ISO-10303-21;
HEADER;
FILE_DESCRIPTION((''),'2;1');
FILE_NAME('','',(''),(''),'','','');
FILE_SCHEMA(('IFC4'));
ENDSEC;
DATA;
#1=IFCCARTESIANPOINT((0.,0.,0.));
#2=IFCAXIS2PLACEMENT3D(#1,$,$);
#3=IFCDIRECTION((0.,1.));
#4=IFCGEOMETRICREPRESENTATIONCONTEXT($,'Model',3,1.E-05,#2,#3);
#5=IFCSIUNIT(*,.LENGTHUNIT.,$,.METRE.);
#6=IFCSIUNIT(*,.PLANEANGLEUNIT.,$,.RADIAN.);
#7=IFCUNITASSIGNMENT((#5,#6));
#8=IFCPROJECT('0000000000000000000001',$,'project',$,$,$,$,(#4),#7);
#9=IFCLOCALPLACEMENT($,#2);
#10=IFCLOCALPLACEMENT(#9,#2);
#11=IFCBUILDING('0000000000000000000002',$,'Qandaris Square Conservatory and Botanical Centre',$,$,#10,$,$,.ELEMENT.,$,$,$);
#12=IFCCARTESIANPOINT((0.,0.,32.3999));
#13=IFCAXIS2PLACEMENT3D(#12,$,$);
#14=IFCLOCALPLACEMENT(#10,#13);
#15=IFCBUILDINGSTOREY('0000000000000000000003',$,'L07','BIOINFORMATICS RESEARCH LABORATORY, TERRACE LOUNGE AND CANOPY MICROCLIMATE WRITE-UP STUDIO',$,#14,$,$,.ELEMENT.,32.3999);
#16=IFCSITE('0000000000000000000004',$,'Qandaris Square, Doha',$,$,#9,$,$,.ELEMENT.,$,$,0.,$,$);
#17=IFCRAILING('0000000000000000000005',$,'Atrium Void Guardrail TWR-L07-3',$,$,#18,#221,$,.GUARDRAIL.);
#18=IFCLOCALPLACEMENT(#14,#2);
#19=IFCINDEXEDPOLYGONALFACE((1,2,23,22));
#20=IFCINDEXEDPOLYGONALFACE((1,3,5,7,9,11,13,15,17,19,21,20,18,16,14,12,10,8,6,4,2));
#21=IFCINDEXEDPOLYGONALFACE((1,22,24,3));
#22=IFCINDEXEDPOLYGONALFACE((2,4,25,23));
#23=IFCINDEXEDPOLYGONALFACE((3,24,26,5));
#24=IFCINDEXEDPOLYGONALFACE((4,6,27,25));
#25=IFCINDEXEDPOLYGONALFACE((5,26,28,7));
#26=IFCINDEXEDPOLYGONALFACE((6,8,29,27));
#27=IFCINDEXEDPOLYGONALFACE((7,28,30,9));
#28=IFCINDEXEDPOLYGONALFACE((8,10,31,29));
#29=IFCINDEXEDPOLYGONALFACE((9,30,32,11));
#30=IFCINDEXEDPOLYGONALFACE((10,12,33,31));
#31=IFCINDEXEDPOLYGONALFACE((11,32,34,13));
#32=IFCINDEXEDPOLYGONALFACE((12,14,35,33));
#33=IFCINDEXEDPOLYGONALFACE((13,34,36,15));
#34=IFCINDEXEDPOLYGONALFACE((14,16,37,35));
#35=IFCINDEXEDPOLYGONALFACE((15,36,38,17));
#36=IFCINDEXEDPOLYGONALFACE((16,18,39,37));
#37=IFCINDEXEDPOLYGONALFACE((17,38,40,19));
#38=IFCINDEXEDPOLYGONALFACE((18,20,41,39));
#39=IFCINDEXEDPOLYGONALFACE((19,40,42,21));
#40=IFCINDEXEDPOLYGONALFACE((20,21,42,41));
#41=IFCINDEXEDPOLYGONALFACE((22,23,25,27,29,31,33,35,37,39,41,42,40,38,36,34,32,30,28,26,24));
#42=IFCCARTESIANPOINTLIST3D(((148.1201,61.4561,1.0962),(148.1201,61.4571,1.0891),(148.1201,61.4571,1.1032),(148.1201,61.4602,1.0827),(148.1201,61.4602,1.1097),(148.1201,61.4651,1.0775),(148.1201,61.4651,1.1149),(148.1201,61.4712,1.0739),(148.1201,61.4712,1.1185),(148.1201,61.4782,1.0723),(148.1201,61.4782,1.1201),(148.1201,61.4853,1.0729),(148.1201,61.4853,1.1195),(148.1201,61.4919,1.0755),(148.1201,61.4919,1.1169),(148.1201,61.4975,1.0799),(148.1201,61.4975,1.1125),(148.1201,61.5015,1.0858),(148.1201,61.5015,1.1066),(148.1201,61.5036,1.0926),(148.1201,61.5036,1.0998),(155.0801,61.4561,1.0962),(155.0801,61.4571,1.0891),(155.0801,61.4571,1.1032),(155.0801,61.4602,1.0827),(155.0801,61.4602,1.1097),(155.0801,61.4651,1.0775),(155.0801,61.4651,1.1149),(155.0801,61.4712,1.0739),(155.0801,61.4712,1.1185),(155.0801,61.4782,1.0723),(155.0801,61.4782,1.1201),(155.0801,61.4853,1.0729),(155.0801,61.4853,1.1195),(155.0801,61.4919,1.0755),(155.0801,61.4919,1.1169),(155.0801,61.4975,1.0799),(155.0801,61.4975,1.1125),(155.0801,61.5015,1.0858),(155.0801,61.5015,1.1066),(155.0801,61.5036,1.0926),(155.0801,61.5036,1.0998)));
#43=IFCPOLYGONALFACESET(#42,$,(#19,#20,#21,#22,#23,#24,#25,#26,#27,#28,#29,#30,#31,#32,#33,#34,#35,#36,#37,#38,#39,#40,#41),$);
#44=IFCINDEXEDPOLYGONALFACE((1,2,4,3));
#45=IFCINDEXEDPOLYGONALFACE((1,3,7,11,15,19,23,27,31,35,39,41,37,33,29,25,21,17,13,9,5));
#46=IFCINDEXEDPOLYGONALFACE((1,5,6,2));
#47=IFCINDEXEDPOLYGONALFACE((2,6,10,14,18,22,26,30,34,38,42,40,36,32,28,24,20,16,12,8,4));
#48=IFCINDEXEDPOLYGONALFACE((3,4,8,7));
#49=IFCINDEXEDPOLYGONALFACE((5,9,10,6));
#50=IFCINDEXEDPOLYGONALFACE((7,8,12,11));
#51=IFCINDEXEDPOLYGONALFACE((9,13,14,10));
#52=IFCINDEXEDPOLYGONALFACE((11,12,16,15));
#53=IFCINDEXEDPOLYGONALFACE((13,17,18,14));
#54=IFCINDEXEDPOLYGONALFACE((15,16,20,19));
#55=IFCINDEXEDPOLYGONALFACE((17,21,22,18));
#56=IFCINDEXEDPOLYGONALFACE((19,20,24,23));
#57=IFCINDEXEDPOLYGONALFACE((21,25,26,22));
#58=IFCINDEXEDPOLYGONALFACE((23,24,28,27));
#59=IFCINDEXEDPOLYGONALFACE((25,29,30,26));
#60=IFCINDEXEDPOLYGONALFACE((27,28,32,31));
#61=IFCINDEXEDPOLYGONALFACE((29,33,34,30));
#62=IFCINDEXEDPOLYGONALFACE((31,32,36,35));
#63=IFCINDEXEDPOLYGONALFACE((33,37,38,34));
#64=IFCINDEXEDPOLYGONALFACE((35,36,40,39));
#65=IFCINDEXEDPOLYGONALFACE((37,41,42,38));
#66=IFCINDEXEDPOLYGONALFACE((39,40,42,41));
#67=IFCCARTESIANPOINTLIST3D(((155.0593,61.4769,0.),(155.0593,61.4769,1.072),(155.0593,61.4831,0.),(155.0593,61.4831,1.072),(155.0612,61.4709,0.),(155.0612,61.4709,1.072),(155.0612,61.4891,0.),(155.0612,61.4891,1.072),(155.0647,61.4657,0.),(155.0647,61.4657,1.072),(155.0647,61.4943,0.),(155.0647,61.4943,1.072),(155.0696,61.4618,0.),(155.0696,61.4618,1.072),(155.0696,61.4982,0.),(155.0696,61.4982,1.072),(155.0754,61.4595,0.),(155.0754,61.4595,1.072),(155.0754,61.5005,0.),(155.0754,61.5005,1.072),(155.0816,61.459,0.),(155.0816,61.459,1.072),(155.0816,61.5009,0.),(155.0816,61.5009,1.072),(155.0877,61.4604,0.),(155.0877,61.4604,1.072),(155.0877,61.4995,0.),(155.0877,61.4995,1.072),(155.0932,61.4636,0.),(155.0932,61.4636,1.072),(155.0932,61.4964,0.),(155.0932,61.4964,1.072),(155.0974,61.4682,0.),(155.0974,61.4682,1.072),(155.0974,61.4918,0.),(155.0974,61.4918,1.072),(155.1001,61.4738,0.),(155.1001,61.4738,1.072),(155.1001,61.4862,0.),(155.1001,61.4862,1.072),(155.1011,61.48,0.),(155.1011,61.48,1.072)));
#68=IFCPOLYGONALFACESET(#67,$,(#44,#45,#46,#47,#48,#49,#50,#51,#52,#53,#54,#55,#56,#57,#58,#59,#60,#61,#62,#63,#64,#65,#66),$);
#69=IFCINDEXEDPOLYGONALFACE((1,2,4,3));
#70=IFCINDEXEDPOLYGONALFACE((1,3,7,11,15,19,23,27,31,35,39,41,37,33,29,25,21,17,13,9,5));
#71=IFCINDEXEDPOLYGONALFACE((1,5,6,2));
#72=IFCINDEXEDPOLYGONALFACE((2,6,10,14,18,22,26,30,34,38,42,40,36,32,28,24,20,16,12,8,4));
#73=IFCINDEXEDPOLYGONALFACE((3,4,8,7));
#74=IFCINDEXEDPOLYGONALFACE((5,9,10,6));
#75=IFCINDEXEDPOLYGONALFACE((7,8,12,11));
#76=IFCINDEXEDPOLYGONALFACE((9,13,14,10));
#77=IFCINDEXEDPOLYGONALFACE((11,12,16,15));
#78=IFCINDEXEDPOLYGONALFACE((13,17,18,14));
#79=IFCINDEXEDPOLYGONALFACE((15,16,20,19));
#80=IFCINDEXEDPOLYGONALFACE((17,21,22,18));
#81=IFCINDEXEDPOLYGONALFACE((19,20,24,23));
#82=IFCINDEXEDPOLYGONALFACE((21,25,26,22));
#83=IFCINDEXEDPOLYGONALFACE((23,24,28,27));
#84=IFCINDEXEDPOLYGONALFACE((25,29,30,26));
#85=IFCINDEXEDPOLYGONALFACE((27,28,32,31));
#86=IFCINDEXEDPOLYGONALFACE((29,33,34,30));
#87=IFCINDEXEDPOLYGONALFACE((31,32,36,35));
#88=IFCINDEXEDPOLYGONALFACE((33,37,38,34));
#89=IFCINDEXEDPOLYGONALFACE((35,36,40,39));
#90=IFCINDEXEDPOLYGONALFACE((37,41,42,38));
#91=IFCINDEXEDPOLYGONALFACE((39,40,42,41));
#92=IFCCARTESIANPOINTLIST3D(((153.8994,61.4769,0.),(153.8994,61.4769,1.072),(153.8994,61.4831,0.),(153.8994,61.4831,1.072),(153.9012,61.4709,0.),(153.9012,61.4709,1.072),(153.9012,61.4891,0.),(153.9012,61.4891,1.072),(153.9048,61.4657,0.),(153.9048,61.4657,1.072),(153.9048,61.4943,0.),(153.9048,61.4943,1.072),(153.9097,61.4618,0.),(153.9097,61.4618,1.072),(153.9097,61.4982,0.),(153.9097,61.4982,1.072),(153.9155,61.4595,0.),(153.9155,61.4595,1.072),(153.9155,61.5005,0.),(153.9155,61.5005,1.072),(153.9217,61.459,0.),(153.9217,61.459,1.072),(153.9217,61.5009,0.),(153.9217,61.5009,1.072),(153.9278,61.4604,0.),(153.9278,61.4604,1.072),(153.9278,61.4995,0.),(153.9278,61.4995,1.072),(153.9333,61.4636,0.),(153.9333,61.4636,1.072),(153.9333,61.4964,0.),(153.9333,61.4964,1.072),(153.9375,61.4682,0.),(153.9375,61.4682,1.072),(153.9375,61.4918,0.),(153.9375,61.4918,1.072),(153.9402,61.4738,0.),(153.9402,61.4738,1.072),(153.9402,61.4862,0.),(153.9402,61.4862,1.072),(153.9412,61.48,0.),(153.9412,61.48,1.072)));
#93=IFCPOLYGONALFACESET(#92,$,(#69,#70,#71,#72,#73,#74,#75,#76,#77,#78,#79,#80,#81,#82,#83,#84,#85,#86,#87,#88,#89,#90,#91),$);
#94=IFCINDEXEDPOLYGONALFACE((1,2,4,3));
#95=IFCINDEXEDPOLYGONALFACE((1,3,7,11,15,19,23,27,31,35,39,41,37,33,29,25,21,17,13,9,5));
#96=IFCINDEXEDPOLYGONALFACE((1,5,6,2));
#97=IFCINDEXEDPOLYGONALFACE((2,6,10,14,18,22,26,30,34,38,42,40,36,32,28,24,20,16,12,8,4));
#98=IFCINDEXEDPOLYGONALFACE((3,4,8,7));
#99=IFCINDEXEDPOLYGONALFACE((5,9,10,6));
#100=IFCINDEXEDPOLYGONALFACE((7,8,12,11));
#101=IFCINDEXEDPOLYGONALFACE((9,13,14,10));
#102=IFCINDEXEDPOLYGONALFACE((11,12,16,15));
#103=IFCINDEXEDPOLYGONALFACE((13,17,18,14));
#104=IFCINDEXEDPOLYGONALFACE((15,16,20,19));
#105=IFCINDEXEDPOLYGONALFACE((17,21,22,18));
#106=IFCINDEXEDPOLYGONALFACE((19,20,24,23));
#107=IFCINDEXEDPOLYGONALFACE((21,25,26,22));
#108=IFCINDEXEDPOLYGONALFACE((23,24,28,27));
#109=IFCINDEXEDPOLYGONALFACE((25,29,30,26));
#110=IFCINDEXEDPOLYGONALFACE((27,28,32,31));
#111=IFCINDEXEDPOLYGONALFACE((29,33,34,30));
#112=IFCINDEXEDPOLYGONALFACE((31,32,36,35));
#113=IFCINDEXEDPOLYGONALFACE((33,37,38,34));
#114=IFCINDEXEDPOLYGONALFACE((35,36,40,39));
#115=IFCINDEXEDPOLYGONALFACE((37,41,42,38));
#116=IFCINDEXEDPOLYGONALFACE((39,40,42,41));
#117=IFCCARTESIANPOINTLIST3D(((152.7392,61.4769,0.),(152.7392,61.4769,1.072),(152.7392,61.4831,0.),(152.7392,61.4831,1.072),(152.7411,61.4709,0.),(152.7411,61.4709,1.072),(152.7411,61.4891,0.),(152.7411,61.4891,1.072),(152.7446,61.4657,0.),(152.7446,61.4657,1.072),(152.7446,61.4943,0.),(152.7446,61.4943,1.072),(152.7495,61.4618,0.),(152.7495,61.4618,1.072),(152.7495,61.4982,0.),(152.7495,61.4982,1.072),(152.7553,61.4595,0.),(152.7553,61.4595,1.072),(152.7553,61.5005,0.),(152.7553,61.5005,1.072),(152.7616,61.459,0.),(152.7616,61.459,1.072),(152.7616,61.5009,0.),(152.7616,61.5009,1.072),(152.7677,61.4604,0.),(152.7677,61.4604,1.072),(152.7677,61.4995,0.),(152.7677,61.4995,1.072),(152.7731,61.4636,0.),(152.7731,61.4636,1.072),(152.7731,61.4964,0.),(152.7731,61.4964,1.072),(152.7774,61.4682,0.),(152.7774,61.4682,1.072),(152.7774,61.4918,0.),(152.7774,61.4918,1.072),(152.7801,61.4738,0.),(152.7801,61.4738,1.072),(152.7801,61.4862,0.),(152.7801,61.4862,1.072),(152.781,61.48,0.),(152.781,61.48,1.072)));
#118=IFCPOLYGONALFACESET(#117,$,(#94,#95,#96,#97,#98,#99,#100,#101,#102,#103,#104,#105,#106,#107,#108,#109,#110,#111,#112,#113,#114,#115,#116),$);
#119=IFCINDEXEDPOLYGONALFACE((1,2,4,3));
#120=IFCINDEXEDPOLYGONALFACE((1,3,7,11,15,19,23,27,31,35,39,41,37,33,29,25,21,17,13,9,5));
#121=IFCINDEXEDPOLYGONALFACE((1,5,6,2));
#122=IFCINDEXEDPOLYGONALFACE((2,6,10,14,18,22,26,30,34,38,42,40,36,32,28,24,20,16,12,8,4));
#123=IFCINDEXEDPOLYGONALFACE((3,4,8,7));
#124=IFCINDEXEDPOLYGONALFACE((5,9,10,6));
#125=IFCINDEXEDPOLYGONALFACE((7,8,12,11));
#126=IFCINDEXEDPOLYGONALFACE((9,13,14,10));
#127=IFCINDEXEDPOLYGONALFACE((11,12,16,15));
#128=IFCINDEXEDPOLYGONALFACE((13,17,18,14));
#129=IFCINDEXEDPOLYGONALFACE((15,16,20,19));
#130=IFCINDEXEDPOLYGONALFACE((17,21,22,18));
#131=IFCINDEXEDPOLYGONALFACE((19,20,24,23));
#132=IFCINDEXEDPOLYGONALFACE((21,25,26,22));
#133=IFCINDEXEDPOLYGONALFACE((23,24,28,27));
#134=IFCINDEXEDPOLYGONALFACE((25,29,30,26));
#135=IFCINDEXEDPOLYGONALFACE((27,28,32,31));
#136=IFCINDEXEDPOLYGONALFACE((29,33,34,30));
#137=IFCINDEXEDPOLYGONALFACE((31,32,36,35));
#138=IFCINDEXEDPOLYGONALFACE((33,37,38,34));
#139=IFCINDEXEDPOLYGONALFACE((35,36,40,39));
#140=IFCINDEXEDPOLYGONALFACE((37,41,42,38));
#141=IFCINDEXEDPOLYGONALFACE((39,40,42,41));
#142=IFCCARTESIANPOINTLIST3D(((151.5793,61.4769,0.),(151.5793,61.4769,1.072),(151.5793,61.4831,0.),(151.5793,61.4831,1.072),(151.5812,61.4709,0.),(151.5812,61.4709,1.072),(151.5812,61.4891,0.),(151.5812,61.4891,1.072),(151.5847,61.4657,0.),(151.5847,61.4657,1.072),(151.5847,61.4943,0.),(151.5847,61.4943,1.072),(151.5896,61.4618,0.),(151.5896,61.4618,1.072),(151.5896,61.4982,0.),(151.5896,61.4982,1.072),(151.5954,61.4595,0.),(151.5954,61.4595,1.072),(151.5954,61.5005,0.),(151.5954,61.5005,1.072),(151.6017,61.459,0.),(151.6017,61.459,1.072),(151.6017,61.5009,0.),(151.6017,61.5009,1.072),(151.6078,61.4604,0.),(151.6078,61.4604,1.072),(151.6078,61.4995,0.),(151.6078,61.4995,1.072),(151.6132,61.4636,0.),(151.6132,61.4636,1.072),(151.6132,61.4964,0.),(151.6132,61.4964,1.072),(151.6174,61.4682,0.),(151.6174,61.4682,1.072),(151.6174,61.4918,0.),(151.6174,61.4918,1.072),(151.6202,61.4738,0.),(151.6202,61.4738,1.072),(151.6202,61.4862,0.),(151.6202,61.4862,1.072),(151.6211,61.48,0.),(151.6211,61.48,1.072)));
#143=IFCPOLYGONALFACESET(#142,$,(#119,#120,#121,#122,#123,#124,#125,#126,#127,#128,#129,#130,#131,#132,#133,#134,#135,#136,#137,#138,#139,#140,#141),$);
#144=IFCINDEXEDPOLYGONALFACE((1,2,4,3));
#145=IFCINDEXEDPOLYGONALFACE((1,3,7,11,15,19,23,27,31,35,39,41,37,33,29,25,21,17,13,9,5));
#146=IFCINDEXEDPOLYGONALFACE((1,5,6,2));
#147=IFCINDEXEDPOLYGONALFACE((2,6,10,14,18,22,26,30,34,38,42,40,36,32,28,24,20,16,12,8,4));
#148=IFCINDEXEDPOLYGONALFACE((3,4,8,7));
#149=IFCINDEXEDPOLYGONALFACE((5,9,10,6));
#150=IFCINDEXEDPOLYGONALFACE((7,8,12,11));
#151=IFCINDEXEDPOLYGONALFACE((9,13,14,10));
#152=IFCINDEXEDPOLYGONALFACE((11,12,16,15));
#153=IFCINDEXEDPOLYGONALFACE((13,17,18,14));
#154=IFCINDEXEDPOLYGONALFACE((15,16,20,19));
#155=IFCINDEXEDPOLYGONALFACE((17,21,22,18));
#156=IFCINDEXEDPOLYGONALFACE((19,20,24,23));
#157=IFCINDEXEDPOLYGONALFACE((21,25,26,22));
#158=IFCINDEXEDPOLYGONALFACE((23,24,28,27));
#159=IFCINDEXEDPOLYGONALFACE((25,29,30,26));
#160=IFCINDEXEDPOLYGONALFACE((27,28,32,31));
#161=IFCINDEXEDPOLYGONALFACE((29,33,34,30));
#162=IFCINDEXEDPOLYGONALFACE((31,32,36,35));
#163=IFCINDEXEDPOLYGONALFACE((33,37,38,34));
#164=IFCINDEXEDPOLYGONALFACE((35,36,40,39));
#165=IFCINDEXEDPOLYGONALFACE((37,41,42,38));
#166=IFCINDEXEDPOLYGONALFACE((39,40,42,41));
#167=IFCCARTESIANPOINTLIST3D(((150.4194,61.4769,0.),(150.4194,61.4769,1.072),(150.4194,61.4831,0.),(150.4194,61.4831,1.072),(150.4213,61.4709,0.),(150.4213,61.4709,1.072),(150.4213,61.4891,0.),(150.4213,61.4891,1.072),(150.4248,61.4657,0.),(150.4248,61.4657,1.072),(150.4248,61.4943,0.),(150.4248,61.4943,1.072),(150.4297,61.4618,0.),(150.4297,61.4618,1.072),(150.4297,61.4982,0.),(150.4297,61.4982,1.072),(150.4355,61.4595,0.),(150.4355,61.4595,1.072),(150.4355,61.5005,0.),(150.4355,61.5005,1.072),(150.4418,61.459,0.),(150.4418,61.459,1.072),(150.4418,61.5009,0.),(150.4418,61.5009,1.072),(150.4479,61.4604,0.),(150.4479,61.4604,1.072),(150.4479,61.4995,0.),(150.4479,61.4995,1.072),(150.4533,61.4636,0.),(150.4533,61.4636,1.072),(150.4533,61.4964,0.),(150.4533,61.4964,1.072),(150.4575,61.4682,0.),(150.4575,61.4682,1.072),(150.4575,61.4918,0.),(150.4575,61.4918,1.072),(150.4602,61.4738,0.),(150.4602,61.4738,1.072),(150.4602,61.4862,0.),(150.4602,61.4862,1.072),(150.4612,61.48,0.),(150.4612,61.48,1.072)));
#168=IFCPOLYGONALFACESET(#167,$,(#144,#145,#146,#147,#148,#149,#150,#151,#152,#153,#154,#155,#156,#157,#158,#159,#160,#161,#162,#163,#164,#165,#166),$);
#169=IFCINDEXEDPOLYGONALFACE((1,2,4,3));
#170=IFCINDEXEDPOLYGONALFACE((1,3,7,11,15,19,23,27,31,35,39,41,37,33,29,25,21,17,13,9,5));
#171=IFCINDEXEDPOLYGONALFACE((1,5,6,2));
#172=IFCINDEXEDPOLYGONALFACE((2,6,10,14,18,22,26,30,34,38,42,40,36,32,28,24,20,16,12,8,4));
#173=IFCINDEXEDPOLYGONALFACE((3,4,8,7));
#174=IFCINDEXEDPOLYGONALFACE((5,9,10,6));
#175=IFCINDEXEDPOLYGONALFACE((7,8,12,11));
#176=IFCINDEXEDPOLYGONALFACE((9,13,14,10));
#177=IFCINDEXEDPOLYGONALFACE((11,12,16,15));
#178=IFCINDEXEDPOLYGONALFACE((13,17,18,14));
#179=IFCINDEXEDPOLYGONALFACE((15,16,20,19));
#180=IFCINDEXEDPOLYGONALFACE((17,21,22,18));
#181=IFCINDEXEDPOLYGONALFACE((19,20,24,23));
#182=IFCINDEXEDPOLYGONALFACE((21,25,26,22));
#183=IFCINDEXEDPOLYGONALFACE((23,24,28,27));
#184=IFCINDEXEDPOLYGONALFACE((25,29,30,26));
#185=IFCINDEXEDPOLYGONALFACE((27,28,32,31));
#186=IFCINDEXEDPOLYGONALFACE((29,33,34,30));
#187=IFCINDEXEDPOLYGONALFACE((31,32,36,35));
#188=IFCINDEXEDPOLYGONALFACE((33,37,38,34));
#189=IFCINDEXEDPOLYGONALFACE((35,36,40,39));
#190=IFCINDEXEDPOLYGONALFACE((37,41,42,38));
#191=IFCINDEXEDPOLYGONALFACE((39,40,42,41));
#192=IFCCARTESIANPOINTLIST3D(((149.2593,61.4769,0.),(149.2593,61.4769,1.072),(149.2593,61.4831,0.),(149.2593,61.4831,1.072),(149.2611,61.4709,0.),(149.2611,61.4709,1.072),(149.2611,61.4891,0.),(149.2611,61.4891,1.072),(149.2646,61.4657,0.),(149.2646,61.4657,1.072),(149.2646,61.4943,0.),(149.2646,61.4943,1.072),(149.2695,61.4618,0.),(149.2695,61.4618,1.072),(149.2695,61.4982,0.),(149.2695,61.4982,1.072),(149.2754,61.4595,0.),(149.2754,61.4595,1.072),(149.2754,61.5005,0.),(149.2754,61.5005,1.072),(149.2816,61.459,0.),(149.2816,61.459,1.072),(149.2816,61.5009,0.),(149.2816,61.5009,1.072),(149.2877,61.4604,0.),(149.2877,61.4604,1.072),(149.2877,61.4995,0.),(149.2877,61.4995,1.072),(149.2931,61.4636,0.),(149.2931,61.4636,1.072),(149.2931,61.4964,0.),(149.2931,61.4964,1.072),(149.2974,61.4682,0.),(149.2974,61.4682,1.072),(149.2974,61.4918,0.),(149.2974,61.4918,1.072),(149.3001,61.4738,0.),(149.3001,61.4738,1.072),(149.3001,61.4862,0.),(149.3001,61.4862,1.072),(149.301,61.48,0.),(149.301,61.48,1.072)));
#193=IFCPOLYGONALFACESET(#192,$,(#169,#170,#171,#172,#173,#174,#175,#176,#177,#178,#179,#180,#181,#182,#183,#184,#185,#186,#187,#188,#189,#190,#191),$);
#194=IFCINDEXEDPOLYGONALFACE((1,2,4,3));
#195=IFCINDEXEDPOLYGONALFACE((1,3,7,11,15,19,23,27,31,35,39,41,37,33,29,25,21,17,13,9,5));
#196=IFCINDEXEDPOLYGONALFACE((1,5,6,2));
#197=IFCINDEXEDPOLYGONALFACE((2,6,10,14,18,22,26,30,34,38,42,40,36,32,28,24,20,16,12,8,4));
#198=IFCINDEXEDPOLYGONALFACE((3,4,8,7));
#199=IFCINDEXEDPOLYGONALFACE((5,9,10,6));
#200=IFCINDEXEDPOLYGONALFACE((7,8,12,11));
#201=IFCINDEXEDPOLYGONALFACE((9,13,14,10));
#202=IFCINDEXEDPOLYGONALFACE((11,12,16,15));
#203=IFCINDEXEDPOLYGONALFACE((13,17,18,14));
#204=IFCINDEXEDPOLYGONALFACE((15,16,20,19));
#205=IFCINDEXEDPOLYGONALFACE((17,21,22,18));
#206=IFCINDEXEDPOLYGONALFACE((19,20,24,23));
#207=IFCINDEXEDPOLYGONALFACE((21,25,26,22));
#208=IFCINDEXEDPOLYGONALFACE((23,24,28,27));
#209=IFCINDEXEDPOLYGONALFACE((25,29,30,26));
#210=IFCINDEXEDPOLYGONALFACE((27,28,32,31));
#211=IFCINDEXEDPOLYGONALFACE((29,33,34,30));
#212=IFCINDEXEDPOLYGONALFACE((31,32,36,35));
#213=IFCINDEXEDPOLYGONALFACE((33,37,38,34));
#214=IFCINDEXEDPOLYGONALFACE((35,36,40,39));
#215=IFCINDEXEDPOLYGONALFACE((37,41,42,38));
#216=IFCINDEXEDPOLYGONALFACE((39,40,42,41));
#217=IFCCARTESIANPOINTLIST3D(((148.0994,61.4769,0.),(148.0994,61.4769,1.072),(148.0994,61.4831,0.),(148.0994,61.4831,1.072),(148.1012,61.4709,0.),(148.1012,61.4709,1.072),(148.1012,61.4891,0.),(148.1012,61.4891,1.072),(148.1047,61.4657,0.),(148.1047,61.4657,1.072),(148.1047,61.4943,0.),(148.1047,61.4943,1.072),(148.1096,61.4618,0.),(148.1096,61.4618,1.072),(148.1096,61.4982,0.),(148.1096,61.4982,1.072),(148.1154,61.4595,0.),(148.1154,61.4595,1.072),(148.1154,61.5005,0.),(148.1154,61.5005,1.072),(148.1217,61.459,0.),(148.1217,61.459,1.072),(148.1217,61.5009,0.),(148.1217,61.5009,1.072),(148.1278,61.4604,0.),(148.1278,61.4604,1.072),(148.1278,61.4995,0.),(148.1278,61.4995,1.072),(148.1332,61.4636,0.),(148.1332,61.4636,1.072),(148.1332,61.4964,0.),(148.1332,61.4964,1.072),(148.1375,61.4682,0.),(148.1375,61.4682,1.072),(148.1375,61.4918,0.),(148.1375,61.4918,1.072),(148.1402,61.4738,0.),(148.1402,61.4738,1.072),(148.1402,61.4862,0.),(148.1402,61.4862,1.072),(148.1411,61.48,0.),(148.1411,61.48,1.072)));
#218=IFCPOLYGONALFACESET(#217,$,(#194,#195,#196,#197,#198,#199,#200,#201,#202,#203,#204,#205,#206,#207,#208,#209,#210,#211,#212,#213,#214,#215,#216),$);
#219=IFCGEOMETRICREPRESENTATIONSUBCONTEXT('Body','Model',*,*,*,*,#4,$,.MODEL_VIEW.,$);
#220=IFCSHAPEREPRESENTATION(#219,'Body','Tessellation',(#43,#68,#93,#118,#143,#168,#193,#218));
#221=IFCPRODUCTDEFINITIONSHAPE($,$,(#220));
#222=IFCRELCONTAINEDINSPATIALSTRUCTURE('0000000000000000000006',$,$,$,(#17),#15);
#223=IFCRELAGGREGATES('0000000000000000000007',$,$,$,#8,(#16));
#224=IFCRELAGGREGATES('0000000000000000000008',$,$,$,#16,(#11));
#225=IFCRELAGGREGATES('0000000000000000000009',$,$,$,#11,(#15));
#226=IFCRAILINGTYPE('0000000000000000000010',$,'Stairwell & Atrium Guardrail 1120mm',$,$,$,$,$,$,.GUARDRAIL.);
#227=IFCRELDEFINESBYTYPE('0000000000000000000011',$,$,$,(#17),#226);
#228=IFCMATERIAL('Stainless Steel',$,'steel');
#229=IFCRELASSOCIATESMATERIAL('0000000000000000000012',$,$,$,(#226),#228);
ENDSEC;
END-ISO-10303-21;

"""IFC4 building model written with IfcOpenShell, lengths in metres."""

from ifc_helpers import new_model, si_unit, direction, frame, origin, origin_2d, place, context, subcontext, project, spatial, circle, extrude, material, type_object, element, save


model = new_model("IFC4")

# Units and contexts
model_context = context("Model", 3, precision=1e-05, world=origin(), true_north=direction((0.0, 1.0)))
body_context = subcontext(model_context, "Body", "Model", "MODEL_VIEW")
ifc_project = project(units=[si_unit("LENGTHUNIT", "METRE"), si_unit("PLANEANGLEUNIT", "RADIAN")], contexts=[model_context])

# Site, building, storey
site_placement = place(None, origin())
site = spatial("IfcSite", under=ifc_project, at=site_placement, Name="Qandaris Square, Doha", CompositionType="ELEMENT", RefElevation=0.0)
building_placement = place(site_placement, origin())
building = spatial("IfcBuilding", under=site, at=building_placement, Name="Qandaris Square Conservatory and Botanical Centre", CompositionType="ELEMENT")
storey_placement = place(building_placement, frame((0.0, 0.0, 32.3999)))
storey = spatial("IfcBuildingStorey", under=building, at=storey_placement, Name="L07", Description="BIOINFORMATICS RESEARCH LABORATORY, TERRACE LOUNGE AND CANOPY MICROCLIMATE WRITE-UP STUDIO", CompositionType="ELEMENT", Elevation=32.3999)

# Railing
ifc_material_1 = material(Name="Stainless Steel", Category="steel")
railing_type = type_object("IfcRailingType", Name="Stairwell & Atrium Guardrail 1120mm", PredefinedType="GUARDRAIL", material=ifc_material_1)
railing_1_placement = place(storey_placement, frame((155.0801, 61.48, 0.0)))
element("IfcRailing", 1, at=railing_1_placement, inside=storey, type_object=railing_type, Name="Atrium Void Guardrail TWR-L07-3", PredefinedType="GUARDRAIL", context=body_context, shape_type="SweptSolid", body=[
    extrude(circle(Radius=0.0239, at=origin_2d()), frame((0.0, 0.0, 1.0962), z_axis=(-1.0, 0.0, 0.0), x_axis=(0.0, -1.0, 0.0)), (0.0, 0.0, 1.0), 6.96),
    extrude(circle(Radius=0.021, at=origin_2d()), origin(), (0.0, 0.0, 1.0), 1.072),
    extrude(circle(Radius=0.021, at=origin_2d()), frame((-1.1599, 0.0, 0.0)), (0.0, 0.0, 1.0), 1.072),
    extrude(circle(Radius=0.021, at=origin_2d()), frame((-2.3201, 0.0, 0.0)), (0.0, 0.0, 1.0), 1.072),
    extrude(circle(Radius=0.021, at=origin_2d()), frame((-3.48, 0.0, 0.0)), (0.0, 0.0, 1.0), 1.072),
    extrude(circle(Radius=0.021, at=origin_2d()), frame((-4.6399, 0.0, 0.0)), (0.0, 0.0, 1.0), 1.072),
    extrude(circle(Radius=0.021, at=origin_2d()), frame((-5.8, 0.0, 0.0)), (0.0, 0.0, 1.0), 1.072),
    extrude(circle(Radius=0.021, at=origin_2d()), frame((-6.96, 0.0, 0.0)), (0.0, 0.0, 1.0), 1.072),
])

save(model, "model.ifc")
